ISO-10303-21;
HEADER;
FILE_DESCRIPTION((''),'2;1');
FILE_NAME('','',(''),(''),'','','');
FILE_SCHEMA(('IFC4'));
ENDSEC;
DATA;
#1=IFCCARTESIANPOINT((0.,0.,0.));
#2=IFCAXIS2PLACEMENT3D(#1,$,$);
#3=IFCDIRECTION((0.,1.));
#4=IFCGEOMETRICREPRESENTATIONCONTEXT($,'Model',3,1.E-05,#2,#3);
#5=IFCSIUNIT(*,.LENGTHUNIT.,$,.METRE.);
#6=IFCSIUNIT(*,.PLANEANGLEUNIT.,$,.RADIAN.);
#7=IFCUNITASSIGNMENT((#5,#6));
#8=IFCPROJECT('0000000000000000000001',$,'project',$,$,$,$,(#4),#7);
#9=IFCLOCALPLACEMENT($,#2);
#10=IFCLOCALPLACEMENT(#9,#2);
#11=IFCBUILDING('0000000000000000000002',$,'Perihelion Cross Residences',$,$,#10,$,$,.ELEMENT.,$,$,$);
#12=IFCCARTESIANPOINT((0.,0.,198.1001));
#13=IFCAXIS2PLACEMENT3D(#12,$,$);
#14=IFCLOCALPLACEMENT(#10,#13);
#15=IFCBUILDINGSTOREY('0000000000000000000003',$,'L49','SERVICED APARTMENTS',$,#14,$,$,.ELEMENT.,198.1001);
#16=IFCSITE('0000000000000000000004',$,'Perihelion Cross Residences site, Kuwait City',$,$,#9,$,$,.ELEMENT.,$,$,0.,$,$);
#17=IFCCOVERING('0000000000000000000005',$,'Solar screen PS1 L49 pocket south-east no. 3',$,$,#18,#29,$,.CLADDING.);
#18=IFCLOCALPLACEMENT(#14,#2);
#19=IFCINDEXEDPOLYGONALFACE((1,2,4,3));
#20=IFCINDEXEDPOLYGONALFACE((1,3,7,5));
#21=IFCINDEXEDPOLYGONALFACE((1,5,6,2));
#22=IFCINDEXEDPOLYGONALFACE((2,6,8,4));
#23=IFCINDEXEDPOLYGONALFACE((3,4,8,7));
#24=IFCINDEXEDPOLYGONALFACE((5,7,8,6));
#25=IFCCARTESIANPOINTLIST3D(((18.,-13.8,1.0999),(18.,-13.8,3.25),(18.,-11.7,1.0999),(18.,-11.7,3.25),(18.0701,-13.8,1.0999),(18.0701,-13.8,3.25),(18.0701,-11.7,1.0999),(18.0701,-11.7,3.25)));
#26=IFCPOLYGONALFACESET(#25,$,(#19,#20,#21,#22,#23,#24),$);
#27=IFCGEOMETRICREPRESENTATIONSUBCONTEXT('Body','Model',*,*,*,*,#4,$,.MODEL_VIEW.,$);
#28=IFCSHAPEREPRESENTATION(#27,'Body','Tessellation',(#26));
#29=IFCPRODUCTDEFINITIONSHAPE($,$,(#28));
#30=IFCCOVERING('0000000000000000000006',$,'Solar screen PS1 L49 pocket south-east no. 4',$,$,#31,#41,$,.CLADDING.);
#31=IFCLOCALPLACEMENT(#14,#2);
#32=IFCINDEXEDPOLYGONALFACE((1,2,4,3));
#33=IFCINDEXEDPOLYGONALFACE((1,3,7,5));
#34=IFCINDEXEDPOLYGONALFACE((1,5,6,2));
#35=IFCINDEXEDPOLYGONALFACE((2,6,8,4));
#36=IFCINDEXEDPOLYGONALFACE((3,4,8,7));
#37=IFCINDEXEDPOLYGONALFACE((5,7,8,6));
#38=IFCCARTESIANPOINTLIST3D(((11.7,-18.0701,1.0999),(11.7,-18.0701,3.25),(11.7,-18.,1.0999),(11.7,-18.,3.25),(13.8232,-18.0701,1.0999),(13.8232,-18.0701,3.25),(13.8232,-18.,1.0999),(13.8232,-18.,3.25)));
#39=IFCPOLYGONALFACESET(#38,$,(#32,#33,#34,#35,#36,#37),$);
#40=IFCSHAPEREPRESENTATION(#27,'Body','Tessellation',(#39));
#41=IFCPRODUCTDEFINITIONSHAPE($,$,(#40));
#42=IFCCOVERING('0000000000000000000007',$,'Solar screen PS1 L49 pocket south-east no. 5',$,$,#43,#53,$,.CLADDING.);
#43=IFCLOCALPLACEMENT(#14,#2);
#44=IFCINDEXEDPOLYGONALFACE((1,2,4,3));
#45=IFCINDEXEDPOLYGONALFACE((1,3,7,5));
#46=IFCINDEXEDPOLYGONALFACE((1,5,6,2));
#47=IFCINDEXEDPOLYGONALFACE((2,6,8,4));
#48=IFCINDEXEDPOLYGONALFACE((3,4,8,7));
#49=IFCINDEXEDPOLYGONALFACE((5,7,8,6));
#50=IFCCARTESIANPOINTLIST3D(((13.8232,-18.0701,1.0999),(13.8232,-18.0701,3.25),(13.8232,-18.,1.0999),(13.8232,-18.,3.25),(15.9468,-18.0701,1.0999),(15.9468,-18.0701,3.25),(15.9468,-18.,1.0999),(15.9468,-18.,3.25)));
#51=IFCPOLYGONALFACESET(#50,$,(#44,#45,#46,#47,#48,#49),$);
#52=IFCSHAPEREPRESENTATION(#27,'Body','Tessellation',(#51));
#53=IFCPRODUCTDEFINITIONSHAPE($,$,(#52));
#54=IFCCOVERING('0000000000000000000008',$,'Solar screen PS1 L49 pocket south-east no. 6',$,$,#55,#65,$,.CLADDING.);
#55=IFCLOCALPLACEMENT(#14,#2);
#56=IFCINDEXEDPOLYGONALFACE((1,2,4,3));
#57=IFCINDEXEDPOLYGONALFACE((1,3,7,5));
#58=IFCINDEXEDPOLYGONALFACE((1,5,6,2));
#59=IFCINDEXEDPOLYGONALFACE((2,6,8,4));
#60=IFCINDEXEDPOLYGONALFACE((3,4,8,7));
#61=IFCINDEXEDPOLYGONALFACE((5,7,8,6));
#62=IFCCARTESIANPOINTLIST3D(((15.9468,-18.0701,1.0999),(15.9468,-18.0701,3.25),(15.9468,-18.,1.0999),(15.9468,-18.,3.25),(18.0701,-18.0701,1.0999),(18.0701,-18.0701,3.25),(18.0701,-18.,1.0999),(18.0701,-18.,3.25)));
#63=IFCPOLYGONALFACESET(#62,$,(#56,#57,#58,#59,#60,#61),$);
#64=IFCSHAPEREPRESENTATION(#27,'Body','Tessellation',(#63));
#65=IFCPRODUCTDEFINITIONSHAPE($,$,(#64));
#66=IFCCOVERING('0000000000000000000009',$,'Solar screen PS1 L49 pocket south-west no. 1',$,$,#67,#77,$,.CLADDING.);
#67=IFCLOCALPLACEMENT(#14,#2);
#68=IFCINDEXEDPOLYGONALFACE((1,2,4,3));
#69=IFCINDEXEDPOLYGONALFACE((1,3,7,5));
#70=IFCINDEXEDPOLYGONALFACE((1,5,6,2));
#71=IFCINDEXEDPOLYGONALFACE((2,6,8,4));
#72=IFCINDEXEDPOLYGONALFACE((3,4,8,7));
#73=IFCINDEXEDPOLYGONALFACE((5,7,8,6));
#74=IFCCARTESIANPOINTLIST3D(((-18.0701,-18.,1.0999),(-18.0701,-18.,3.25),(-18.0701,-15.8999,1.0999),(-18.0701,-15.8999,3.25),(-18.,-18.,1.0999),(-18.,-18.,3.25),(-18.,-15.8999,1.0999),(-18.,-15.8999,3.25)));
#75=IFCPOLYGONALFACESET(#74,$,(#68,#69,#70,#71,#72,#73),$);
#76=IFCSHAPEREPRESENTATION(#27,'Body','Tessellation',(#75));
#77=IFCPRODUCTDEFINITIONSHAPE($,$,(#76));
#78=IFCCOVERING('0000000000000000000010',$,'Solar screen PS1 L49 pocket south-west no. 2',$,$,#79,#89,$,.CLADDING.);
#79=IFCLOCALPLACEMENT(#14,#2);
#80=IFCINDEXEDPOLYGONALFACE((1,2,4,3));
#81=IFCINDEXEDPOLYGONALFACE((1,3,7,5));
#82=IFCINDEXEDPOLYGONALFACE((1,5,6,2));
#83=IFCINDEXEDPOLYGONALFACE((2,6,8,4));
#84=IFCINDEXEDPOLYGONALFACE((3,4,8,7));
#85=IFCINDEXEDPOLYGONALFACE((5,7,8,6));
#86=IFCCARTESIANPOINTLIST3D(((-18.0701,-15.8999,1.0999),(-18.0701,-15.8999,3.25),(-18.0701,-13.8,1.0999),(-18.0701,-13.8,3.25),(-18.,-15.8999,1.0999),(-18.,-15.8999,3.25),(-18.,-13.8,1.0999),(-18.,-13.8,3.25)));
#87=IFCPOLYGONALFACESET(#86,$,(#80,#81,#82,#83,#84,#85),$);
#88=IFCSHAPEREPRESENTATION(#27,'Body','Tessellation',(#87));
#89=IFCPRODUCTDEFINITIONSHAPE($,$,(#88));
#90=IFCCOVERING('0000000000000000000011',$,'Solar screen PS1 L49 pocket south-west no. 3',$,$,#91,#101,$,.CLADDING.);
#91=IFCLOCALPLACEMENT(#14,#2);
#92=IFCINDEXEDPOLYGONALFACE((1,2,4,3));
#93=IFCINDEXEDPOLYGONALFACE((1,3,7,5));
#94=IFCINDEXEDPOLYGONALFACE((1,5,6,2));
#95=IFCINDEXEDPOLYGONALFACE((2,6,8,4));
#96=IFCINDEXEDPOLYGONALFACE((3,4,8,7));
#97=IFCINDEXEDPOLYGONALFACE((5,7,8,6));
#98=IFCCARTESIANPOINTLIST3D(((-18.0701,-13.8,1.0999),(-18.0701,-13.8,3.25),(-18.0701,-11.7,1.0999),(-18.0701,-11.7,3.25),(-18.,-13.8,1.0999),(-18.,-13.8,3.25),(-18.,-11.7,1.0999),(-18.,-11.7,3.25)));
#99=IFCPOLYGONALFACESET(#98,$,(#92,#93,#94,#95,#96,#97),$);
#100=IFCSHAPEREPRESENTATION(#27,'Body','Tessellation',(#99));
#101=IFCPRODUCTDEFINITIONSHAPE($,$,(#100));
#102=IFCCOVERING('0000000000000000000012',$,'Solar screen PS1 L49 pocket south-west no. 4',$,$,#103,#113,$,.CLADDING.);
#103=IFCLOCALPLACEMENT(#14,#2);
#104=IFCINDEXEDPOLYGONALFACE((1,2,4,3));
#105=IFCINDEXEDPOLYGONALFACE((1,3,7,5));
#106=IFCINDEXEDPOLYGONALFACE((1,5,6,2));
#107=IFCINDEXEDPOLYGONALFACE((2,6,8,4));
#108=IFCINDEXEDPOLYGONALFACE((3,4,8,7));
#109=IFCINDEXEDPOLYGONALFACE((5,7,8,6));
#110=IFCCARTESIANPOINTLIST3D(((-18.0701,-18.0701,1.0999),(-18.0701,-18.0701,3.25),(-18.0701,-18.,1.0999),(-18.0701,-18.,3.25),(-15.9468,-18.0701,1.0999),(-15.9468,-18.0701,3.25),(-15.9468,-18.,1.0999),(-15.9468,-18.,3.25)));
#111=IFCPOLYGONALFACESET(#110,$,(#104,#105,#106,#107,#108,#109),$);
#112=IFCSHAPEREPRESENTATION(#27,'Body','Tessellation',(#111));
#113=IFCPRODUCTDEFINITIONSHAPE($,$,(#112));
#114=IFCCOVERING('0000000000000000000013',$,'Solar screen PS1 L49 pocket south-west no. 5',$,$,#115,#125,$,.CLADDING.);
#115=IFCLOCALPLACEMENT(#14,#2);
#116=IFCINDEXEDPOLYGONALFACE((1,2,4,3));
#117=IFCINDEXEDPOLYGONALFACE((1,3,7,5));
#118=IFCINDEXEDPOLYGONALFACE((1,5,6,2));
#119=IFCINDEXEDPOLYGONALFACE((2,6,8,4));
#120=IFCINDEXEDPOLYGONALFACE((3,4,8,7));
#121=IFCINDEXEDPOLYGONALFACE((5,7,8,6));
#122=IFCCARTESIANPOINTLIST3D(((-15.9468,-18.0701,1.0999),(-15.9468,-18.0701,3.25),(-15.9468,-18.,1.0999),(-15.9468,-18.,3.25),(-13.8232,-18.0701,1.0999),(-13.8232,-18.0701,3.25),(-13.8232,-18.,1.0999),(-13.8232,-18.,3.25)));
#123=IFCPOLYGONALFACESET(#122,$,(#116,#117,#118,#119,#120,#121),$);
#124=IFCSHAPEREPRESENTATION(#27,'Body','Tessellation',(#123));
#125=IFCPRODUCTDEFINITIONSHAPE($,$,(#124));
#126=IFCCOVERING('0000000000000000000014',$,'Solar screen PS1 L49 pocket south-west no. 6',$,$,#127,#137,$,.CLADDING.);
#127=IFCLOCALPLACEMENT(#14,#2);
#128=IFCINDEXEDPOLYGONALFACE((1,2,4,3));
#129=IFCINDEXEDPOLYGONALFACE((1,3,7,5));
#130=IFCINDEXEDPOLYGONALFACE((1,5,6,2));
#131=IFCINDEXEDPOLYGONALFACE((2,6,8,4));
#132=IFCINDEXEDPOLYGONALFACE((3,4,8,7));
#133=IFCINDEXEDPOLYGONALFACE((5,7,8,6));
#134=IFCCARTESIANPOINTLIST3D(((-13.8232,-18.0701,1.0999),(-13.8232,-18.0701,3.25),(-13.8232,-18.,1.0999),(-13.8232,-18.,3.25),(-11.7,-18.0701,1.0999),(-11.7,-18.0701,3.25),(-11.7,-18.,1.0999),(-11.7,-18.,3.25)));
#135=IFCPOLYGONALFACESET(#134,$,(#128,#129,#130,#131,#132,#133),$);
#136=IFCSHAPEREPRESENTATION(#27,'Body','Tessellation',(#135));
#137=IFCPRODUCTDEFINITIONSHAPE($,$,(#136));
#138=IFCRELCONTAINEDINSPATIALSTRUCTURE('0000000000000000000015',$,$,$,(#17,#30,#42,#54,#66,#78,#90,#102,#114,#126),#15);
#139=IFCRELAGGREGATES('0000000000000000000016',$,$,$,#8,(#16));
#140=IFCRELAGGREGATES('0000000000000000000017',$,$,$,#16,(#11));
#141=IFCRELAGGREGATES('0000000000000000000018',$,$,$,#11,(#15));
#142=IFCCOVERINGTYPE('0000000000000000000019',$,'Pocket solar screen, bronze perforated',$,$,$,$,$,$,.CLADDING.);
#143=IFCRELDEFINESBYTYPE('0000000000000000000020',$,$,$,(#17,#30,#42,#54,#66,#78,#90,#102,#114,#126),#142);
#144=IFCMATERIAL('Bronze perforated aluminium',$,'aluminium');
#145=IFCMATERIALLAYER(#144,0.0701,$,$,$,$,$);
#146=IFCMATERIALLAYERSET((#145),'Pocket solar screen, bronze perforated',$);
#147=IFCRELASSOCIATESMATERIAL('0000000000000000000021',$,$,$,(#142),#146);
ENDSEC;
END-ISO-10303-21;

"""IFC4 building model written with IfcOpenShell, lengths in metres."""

from ifc_helpers import new_model, si_unit, direction, frame, origin, place, context, subcontext, project, spatial, polyline, outline, extrude, material, layer, layer_set, type_object, element, save


model = new_model("IFC4")

# Units and contexts
model_context = context("Model", 3, precision=1e-05, world=origin(), true_north=direction((0.0, 1.0)))
body_context = subcontext(model_context, "Body", "Model", "MODEL_VIEW")
ifc_project = project(units=[si_unit("LENGTHUNIT", "METRE"), si_unit("PLANEANGLEUNIT", "RADIAN")], contexts=[model_context])

# Site, building, storey
site_placement = place(None, origin())
site = spatial("IfcSite", under=ifc_project, at=site_placement, Name="Perihelion Cross Residences site, Kuwait City", CompositionType="ELEMENT", RefElevation=0.0)
building_placement = place(site_placement, origin())
building = spatial("IfcBuilding", under=site, at=building_placement, Name="Perihelion Cross Residences", CompositionType="ELEMENT")
storey_placement = place(building_placement, frame((0.0, 0.0, 198.1001)))
storey = spatial("IfcBuildingStorey", under=building, at=storey_placement, Name="L49", Description="SERVICED APARTMENTS", CompositionType="ELEMENT", Elevation=198.1001)

# Coverings
ifc_material_1 = material(Name="Bronze perforated aluminium", Category="aluminium")
ifc_layer_1 = layer(ifc_material_1, 0.0701)
ifc_layer_set_1 = layer_set([ifc_layer_1], Name="Pocket solar screen, bronze perforated")
covering_type_1 = type_object("IfcCoveringType", Name="Pocket solar screen, bronze perforated", PredefinedType="CLADDING", material=ifc_layer_set_1)
covering_1_placement = place(storey_placement, frame((0.0, 0.0, 1.0999)))
element("IfcCovering", 1, at=covering_1_placement, inside=storey, type_object=covering_type_1, Name="Solar screen PS1 L49 pocket south-east no. 3", PredefinedType="CLADDING", context=body_context, shape_type="SweptSolid", body=[
    extrude(outline(polyline([(18.0701, -13.8), (18.0701, -11.7), (18.0, -11.7), (18.0, -13.8), (18.0701, -13.8)])), origin(), (0.0, 0.0, 1.0), 2.1501),
])
covering_2_placement = place(storey_placement, frame((0.0, 0.0, 1.0999)))
element("IfcCovering", 2, at=covering_2_placement, inside=storey, type_object=covering_type_1, Name="Solar screen PS1 L49 pocket south-east no. 4", PredefinedType="CLADDING", context=body_context, shape_type="SweptSolid", body=[
    extrude(outline(polyline([(13.8232, -18.0701), (13.8232, -18.0), (11.7, -18.0), (11.7, -18.0701), (13.8232, -18.0701)])), origin(), (0.0, 0.0, 1.0), 2.1501),
])
covering_3_placement = place(storey_placement, frame((0.0, 0.0, 1.0999)))
element("IfcCovering", 3, at=covering_3_placement, inside=storey, type_object=covering_type_1, Name="Solar screen PS1 L49 pocket south-east no. 5", PredefinedType="CLADDING", context=body_context, shape_type="SweptSolid", body=[
    extrude(outline(polyline([(15.9468, -18.0701), (15.9468, -18.0), (13.8232, -18.0), (13.8232, -18.0701), (15.9468, -18.0701)])), origin(), (0.0, 0.0, 1.0), 2.1501),
])
covering_4_placement = place(storey_placement, frame((0.0, 0.0, 1.0999)))
element("IfcCovering", 4, at=covering_4_placement, inside=storey, type_object=covering_type_1, Name="Solar screen PS1 L49 pocket south-east no. 6", PredefinedType="CLADDING", context=body_context, shape_type="SweptSolid", body=[
    extrude(outline(polyline([(18.0701, -18.0701), (18.0701, -18.0), (15.9468, -18.0), (15.9468, -18.0701), (18.0701, -18.0701)])), origin(), (0.0, 0.0, 1.0), 2.1501),
])
covering_5_placement = place(storey_placement, frame((0.0, 0.0, 1.0999)))
element("IfcCovering", 5, at=covering_5_placement, inside=storey, type_object=covering_type_1, Name="Solar screen PS1 L49 pocket south-west no. 1", PredefinedType="CLADDING", context=body_context, shape_type="SweptSolid", body=[
    extrude(outline(polyline([(-18.0, -18.0), (-18.0, -15.8999), (-18.0701, -15.8999), (-18.0701, -18.0), (-18.0, -18.0)])), origin(), (0.0, 0.0, 1.0), 2.1501),
])
covering_6_placement = place(storey_placement, frame((0.0, 0.0, 1.0999)))
element("IfcCovering", 6, at=covering_6_placement, inside=storey, type_object=covering_type_1, Name="Solar screen PS1 L49 pocket south-west no. 2", PredefinedType="CLADDING", context=body_context, shape_type="SweptSolid", body=[
    extrude(outline(polyline([(-18.0, -15.8999), (-18.0, -13.8), (-18.0701, -13.8), (-18.0701, -15.8999), (-18.0, -15.8999)])), origin(), (0.0, 0.0, 1.0), 2.1501),
])
covering_7_placement = place(storey_placement, frame((0.0, 0.0, 1.0999)))
element("IfcCovering", 7, at=covering_7_placement, inside=storey, type_object=covering_type_1, Name="Solar screen PS1 L49 pocket south-west no. 3", PredefinedType="CLADDING", context=body_context, shape_type="SweptSolid", body=[
    extrude(outline(polyline([(-18.0, -13.8), (-18.0, -11.7), (-18.0701, -11.7), (-18.0701, -13.8), (-18.0, -13.8)])), origin(), (0.0, 0.0, 1.0), 2.1501),
])
covering_8_placement = place(storey_placement, frame((0.0, 0.0, 1.0999)))
element("IfcCovering", 8, at=covering_8_placement, inside=storey, type_object=covering_type_1, Name="Solar screen PS1 L49 pocket south-west no. 4", PredefinedType="CLADDING", context=body_context, shape_type="SweptSolid", body=[
    extrude(outline(polyline([(-15.9468, -18.0701), (-15.9468, -18.0), (-18.0701, -18.0), (-18.0701, -18.0701), (-15.9468, -18.0701)])), origin(), (0.0, 0.0, 1.0), 2.1501),
])
covering_9_placement = place(storey_placement, frame((0.0, 0.0, 1.0999)))
element("IfcCovering", 9, at=covering_9_placement, inside=storey, type_object=covering_type_1, Name="Solar screen PS1 L49 pocket south-west no. 5", PredefinedType="CLADDING", context=body_context, shape_type="SweptSolid", body=[
    extrude(outline(polyline([(-13.8232, -18.0701), (-13.8232, -18.0), (-15.9468, -18.0), (-15.9468, -18.0701), (-13.8232, -18.0701)])), origin(), (0.0, 0.0, 1.0), 2.1501),
])
covering_10_placement = place(storey_placement, frame((0.0, 0.0, 1.0999)))
element("IfcCovering", 10, at=covering_10_placement, inside=storey, type_object=covering_type_1, Name="Solar screen PS1 L49 pocket south-west no. 6", PredefinedType="CLADDING", context=body_context, shape_type="SweptSolid", body=[
    extrude(outline(polyline([(-11.7, -18.0701), (-11.7, -18.0), (-13.8232, -18.0), (-13.8232, -18.0701), (-11.7, -18.0701)])), origin(), (0.0, 0.0, 1.0), 2.1501),
])

save(model, "model.ifc")
